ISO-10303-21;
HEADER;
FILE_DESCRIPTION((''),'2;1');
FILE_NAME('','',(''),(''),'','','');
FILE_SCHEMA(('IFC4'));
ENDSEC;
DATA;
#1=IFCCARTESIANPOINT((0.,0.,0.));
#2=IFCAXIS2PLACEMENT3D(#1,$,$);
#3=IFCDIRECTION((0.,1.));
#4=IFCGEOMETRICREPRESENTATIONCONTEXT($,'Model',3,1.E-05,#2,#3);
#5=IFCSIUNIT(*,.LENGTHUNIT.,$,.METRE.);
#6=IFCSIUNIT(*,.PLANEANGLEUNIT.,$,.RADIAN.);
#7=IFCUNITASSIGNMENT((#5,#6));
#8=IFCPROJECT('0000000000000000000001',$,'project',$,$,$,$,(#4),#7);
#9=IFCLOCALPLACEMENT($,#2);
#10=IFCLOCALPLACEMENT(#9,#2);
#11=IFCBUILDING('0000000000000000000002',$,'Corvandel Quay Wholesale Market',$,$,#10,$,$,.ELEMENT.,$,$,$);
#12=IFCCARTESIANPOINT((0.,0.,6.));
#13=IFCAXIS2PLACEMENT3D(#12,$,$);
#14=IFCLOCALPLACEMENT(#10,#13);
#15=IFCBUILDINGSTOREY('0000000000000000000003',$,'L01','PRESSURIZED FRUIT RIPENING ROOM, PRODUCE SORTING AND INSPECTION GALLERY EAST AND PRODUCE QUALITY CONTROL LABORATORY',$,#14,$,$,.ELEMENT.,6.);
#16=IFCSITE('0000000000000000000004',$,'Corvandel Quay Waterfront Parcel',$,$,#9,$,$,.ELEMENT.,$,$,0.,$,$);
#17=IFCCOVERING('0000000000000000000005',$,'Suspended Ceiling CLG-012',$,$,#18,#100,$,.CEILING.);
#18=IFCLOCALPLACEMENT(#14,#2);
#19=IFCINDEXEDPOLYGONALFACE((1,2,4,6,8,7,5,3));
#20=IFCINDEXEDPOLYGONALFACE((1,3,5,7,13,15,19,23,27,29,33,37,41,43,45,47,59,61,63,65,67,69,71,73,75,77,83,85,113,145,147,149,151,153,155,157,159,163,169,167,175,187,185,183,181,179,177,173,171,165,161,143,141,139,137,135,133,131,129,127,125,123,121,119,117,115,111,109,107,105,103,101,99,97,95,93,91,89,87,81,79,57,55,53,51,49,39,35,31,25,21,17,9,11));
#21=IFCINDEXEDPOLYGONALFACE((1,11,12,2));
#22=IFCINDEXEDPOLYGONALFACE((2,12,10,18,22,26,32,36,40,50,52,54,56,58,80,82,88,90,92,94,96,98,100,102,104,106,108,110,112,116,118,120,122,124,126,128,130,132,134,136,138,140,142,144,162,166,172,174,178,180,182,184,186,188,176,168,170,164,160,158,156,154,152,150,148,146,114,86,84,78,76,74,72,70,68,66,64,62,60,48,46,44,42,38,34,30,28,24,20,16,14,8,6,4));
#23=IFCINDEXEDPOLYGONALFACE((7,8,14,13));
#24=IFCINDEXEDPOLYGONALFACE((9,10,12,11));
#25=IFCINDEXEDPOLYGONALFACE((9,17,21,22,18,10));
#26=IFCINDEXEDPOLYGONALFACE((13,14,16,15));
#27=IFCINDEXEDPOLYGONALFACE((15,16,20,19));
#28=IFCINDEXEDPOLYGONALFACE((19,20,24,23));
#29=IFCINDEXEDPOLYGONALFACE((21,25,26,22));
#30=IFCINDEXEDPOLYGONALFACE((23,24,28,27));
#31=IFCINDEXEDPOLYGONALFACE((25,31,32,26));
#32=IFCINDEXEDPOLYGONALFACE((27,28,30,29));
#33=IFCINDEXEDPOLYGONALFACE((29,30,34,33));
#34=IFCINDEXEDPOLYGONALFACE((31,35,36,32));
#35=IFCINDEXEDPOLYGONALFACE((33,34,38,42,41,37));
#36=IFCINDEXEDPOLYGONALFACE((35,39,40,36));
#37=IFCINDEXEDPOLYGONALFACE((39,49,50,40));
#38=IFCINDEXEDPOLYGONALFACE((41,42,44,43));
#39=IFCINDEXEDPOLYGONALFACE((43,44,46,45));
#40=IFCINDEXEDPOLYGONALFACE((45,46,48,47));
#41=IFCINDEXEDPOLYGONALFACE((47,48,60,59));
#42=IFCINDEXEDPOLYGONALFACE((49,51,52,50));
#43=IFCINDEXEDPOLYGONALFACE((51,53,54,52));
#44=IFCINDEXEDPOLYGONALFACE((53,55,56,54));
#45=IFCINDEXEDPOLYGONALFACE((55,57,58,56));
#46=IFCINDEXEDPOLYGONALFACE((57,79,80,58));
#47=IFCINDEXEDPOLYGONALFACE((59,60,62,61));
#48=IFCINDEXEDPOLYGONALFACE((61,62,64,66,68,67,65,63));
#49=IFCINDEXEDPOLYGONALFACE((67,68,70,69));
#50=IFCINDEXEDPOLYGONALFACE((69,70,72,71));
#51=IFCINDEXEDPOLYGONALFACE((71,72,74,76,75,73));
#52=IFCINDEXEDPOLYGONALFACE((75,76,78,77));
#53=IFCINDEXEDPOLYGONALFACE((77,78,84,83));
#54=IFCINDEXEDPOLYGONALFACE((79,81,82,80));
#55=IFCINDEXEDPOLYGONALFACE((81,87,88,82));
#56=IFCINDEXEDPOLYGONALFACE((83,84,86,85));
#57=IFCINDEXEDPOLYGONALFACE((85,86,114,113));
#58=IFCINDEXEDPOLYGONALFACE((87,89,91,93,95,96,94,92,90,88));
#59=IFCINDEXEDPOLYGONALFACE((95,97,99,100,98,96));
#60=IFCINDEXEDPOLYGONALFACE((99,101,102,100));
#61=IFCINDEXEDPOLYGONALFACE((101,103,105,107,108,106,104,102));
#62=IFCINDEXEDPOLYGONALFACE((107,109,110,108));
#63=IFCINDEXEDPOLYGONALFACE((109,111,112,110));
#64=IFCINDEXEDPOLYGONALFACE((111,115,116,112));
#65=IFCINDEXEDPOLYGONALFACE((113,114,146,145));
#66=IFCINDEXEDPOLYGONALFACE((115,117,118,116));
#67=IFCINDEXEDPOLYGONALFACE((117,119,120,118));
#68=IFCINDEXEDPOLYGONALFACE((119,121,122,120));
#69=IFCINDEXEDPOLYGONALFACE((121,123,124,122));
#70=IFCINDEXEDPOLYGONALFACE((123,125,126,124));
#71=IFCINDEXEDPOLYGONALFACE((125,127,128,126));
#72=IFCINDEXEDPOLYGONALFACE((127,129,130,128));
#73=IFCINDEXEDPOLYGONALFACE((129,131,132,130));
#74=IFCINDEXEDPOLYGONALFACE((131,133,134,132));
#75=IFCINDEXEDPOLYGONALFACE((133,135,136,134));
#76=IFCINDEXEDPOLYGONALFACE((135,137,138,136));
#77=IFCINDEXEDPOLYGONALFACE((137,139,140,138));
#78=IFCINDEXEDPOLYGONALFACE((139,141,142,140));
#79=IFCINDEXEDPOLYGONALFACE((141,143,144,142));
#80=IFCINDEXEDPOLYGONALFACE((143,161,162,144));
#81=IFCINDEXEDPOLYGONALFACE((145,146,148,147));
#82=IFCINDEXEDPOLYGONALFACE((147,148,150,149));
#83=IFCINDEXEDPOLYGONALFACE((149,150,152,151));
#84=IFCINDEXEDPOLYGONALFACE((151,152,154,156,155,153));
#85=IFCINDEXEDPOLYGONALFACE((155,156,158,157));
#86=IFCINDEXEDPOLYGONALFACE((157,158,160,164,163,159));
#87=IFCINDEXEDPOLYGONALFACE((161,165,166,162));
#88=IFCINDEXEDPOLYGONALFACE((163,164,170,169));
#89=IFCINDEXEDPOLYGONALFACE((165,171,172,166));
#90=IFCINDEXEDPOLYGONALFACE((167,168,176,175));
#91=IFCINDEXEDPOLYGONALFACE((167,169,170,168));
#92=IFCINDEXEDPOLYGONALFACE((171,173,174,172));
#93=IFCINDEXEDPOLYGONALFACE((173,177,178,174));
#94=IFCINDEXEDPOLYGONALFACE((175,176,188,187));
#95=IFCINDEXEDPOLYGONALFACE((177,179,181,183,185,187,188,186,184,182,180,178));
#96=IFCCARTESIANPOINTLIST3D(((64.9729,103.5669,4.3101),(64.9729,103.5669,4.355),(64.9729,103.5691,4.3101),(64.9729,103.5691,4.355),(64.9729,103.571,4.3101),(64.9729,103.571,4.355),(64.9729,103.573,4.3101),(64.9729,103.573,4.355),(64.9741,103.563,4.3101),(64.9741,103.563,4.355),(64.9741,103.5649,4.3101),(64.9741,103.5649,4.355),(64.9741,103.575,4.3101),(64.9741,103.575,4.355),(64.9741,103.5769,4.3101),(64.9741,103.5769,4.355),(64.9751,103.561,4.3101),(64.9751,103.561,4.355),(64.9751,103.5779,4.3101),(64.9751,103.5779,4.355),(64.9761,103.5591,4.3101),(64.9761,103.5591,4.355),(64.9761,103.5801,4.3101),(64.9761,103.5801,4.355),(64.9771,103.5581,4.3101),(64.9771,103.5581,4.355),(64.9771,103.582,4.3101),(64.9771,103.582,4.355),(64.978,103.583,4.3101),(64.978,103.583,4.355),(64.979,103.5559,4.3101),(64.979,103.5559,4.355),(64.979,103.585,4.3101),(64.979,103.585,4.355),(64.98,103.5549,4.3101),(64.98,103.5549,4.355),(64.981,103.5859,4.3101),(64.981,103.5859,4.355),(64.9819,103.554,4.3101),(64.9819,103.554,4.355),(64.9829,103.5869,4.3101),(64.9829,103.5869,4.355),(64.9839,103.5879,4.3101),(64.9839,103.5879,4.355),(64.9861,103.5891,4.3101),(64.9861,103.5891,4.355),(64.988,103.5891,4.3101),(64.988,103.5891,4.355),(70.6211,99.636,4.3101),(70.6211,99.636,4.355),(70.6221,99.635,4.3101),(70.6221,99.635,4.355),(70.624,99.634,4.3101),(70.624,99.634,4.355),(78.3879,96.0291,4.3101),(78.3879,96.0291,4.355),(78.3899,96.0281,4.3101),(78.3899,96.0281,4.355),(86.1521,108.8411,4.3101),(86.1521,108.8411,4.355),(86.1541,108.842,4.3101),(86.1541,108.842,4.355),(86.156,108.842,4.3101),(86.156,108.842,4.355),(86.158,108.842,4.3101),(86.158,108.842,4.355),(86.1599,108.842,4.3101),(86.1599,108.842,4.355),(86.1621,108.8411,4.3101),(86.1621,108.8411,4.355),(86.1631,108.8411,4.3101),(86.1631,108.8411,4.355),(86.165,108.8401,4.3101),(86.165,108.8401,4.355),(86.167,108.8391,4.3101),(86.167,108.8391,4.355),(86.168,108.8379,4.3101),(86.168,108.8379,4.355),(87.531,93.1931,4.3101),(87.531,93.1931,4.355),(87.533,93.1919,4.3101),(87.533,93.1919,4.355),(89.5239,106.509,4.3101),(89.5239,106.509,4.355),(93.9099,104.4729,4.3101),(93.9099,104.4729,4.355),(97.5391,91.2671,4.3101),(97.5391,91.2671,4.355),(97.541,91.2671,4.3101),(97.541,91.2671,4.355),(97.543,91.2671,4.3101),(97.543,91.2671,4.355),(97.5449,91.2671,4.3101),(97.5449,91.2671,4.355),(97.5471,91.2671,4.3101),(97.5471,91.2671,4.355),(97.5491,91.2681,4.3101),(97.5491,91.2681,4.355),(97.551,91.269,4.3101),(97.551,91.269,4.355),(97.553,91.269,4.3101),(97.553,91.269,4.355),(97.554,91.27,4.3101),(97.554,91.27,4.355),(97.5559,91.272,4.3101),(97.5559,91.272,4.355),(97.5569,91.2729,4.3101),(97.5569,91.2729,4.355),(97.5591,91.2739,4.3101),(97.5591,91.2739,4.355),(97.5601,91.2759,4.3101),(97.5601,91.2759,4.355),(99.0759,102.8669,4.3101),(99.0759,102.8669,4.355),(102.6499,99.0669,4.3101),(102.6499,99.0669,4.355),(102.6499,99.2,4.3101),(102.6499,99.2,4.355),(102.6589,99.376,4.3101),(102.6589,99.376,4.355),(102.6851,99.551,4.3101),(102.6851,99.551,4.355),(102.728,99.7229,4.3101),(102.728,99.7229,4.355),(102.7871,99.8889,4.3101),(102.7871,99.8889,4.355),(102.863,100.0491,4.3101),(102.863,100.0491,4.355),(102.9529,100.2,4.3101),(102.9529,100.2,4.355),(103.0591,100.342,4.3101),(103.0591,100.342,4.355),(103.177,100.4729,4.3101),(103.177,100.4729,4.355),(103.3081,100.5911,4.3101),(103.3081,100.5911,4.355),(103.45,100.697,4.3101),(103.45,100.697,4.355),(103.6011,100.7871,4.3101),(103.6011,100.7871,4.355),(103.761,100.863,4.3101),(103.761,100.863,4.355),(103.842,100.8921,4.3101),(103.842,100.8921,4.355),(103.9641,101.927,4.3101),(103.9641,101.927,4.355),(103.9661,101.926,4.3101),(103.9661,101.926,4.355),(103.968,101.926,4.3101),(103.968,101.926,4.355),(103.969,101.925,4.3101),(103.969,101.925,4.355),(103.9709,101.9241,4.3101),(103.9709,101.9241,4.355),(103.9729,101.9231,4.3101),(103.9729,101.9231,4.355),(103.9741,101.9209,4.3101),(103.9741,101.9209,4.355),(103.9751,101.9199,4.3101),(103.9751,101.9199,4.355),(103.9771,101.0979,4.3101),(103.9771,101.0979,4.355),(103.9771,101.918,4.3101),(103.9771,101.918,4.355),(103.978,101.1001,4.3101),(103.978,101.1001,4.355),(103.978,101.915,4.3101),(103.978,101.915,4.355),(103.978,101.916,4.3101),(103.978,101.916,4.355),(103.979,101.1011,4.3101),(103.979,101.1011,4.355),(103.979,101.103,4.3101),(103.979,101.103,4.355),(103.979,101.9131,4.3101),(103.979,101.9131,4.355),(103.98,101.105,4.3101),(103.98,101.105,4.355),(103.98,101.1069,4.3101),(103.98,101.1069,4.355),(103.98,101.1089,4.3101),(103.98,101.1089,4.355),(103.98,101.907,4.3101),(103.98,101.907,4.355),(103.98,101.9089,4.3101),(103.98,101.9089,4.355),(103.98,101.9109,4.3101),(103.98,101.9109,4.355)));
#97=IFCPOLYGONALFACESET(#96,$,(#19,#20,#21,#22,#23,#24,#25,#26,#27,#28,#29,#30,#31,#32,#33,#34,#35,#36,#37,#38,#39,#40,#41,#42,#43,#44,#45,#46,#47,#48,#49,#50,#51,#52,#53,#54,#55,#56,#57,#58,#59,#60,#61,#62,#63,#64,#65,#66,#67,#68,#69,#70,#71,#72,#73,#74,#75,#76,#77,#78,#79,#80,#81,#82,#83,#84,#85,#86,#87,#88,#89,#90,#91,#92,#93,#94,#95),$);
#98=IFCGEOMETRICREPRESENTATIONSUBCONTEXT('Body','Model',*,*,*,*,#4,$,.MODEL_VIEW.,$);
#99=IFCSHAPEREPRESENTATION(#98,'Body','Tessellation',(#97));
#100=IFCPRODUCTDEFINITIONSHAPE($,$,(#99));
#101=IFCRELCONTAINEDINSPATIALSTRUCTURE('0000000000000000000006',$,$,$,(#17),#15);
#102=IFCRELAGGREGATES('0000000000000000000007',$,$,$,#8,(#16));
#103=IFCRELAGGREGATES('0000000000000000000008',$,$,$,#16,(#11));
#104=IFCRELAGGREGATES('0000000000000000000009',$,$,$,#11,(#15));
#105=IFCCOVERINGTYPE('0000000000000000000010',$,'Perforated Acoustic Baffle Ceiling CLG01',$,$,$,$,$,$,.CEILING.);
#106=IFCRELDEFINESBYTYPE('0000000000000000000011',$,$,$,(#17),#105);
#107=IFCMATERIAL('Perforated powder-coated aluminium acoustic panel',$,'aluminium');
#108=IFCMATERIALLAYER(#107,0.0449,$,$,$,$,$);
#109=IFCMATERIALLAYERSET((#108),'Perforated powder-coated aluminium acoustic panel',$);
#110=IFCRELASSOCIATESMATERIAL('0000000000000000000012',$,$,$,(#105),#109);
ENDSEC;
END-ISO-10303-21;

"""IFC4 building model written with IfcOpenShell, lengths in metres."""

from ifc_helpers import new_model, si_unit, direction, frame, origin, place, context, subcontext, project, spatial, polyline, outline, extrude, material, layer, layer_set, type_object, element, save


model = new_model("IFC4")

# Units and contexts
model_context = context("Model", 3, precision=1e-05, world=origin(), true_north=direction((0.0, 1.0)))
body_context = subcontext(model_context, "Body", "Model", "MODEL_VIEW")
ifc_project = project(units=[si_unit("LENGTHUNIT", "METRE"), si_unit("PLANEANGLEUNIT", "RADIAN")], contexts=[model_context])

# Site, building, storey
site_placement = place(None, origin())
site = spatial("IfcSite", under=ifc_project, at=site_placement, Name="Corvandel Quay Waterfront Parcel", CompositionType="ELEMENT", RefElevation=0.0)
building_placement = place(site_placement, origin())
building = spatial("IfcBuilding", under=site, at=building_placement, Name="Corvandel Quay Wholesale Market", CompositionType="ELEMENT")
storey_placement = place(building_placement, frame((0.0, 0.0, 6.0)))
storey = spatial("IfcBuildingStorey", under=building, at=storey_placement, Name="L01", Description="PRESSURIZED FRUIT RIPENING ROOM, PRODUCE SORTING AND INSPECTION GALLERY EAST AND PRODUCE QUALITY CONTROL LABORATORY", CompositionType="ELEMENT", Elevation=6.0)

# Covering
ifc_material_1 = material(Name="Perforated powder-coated aluminium acoustic panel", Category="aluminium")
ifc_layer_1 = layer(ifc_material_1, 0.0449)
ifc_layer_set_1 = layer_set([ifc_layer_1], Name="Perforated powder-coated aluminium acoustic panel")
covering_type_1 = type_object("IfcCoveringType", Name="Perforated Acoustic Baffle Ceiling CLG01", PredefinedType="CEILING", material=ifc_layer_set_1)
covering_1_placement = place(storey_placement, frame((0.0, 0.0, 4.3101)))
element("IfcCovering", 1, at=covering_1_placement, inside=storey, type_object=covering_type_1, Name="Suspended Ceiling CLG-012", PredefinedType="CEILING", context=body_context, shape_type="SweptSolid", body=[
    extrude(outline(polyline([(87.531, 93.1931), (78.3899, 96.0281), (78.3879, 96.0291), (70.624, 99.634), (70.6221, 99.635), (70.6211, 99.636), (64.9819, 103.554), (64.98, 103.5549), (64.979, 103.5559), (64.9771, 103.5581), (64.9761, 103.5591), (64.9751, 103.561), (64.9741, 103.563), (64.9741, 103.5649), (64.9729, 103.5669), (64.9729, 103.5691), (64.9729, 103.571), (64.9729, 103.573), (64.9741, 103.575), (64.9741, 103.5769), (64.9751, 103.5779), (64.9761, 103.5801), (64.9771, 103.582), (64.978, 103.583), (64.979, 103.585), (64.981, 103.5859), (64.9829, 103.5869), (64.9839, 103.5879), (64.9861, 103.5891), (64.988, 103.5891), (86.1521, 108.8411), (86.1541, 108.842), (86.156, 108.842), (86.158, 108.842), (86.1599, 108.842), (86.1621, 108.8411), (86.1631, 108.8411), (86.165, 108.8401), (86.167, 108.8391), (86.168, 108.8379), (89.5239, 106.509), (93.9099, 104.4729), (99.0759, 102.8669), (103.9641, 101.927), (103.9661, 101.926), (103.968, 101.926), (103.969, 101.925), (103.9709, 101.9241), (103.9729, 101.9231), (103.9741, 101.9209), (103.9751, 101.9199), (103.9771, 101.918), (103.978, 101.916), (103.978, 101.915), (103.979, 101.9131), (103.98, 101.9109), (103.98, 101.9089), (103.98, 101.907), (103.98, 101.1089), (103.98, 101.1069), (103.98, 101.105), (103.979, 101.103), (103.979, 101.1011), (103.978, 101.1001), (103.9771, 101.0979), (103.842, 100.8921), (103.761, 100.863), (103.6011, 100.7871), (103.45, 100.697), (103.3081, 100.5911), (103.177, 100.4729), (103.0591, 100.342), (102.9529, 100.2), (102.863, 100.0491), (102.7871, 99.8889), (102.728, 99.7229), (102.6851, 99.551), (102.6589, 99.376), (102.6499, 99.2), (102.6499, 99.0669), (97.5601, 91.2759), (97.5591, 91.2739), (97.5569, 91.2729), (97.5559, 91.272), (97.554, 91.27), (97.553, 91.269), (97.551, 91.269), (97.5491, 91.2681), (97.5471, 91.2671), (97.5449, 91.2671), (97.543, 91.2671), (97.541, 91.2671), (97.5391, 91.2671), (87.533, 93.1919), (87.531, 93.1931)])), origin(), (0.0, 0.0, 1.0), 0.0449),
])

save(model, "model.ifc")
